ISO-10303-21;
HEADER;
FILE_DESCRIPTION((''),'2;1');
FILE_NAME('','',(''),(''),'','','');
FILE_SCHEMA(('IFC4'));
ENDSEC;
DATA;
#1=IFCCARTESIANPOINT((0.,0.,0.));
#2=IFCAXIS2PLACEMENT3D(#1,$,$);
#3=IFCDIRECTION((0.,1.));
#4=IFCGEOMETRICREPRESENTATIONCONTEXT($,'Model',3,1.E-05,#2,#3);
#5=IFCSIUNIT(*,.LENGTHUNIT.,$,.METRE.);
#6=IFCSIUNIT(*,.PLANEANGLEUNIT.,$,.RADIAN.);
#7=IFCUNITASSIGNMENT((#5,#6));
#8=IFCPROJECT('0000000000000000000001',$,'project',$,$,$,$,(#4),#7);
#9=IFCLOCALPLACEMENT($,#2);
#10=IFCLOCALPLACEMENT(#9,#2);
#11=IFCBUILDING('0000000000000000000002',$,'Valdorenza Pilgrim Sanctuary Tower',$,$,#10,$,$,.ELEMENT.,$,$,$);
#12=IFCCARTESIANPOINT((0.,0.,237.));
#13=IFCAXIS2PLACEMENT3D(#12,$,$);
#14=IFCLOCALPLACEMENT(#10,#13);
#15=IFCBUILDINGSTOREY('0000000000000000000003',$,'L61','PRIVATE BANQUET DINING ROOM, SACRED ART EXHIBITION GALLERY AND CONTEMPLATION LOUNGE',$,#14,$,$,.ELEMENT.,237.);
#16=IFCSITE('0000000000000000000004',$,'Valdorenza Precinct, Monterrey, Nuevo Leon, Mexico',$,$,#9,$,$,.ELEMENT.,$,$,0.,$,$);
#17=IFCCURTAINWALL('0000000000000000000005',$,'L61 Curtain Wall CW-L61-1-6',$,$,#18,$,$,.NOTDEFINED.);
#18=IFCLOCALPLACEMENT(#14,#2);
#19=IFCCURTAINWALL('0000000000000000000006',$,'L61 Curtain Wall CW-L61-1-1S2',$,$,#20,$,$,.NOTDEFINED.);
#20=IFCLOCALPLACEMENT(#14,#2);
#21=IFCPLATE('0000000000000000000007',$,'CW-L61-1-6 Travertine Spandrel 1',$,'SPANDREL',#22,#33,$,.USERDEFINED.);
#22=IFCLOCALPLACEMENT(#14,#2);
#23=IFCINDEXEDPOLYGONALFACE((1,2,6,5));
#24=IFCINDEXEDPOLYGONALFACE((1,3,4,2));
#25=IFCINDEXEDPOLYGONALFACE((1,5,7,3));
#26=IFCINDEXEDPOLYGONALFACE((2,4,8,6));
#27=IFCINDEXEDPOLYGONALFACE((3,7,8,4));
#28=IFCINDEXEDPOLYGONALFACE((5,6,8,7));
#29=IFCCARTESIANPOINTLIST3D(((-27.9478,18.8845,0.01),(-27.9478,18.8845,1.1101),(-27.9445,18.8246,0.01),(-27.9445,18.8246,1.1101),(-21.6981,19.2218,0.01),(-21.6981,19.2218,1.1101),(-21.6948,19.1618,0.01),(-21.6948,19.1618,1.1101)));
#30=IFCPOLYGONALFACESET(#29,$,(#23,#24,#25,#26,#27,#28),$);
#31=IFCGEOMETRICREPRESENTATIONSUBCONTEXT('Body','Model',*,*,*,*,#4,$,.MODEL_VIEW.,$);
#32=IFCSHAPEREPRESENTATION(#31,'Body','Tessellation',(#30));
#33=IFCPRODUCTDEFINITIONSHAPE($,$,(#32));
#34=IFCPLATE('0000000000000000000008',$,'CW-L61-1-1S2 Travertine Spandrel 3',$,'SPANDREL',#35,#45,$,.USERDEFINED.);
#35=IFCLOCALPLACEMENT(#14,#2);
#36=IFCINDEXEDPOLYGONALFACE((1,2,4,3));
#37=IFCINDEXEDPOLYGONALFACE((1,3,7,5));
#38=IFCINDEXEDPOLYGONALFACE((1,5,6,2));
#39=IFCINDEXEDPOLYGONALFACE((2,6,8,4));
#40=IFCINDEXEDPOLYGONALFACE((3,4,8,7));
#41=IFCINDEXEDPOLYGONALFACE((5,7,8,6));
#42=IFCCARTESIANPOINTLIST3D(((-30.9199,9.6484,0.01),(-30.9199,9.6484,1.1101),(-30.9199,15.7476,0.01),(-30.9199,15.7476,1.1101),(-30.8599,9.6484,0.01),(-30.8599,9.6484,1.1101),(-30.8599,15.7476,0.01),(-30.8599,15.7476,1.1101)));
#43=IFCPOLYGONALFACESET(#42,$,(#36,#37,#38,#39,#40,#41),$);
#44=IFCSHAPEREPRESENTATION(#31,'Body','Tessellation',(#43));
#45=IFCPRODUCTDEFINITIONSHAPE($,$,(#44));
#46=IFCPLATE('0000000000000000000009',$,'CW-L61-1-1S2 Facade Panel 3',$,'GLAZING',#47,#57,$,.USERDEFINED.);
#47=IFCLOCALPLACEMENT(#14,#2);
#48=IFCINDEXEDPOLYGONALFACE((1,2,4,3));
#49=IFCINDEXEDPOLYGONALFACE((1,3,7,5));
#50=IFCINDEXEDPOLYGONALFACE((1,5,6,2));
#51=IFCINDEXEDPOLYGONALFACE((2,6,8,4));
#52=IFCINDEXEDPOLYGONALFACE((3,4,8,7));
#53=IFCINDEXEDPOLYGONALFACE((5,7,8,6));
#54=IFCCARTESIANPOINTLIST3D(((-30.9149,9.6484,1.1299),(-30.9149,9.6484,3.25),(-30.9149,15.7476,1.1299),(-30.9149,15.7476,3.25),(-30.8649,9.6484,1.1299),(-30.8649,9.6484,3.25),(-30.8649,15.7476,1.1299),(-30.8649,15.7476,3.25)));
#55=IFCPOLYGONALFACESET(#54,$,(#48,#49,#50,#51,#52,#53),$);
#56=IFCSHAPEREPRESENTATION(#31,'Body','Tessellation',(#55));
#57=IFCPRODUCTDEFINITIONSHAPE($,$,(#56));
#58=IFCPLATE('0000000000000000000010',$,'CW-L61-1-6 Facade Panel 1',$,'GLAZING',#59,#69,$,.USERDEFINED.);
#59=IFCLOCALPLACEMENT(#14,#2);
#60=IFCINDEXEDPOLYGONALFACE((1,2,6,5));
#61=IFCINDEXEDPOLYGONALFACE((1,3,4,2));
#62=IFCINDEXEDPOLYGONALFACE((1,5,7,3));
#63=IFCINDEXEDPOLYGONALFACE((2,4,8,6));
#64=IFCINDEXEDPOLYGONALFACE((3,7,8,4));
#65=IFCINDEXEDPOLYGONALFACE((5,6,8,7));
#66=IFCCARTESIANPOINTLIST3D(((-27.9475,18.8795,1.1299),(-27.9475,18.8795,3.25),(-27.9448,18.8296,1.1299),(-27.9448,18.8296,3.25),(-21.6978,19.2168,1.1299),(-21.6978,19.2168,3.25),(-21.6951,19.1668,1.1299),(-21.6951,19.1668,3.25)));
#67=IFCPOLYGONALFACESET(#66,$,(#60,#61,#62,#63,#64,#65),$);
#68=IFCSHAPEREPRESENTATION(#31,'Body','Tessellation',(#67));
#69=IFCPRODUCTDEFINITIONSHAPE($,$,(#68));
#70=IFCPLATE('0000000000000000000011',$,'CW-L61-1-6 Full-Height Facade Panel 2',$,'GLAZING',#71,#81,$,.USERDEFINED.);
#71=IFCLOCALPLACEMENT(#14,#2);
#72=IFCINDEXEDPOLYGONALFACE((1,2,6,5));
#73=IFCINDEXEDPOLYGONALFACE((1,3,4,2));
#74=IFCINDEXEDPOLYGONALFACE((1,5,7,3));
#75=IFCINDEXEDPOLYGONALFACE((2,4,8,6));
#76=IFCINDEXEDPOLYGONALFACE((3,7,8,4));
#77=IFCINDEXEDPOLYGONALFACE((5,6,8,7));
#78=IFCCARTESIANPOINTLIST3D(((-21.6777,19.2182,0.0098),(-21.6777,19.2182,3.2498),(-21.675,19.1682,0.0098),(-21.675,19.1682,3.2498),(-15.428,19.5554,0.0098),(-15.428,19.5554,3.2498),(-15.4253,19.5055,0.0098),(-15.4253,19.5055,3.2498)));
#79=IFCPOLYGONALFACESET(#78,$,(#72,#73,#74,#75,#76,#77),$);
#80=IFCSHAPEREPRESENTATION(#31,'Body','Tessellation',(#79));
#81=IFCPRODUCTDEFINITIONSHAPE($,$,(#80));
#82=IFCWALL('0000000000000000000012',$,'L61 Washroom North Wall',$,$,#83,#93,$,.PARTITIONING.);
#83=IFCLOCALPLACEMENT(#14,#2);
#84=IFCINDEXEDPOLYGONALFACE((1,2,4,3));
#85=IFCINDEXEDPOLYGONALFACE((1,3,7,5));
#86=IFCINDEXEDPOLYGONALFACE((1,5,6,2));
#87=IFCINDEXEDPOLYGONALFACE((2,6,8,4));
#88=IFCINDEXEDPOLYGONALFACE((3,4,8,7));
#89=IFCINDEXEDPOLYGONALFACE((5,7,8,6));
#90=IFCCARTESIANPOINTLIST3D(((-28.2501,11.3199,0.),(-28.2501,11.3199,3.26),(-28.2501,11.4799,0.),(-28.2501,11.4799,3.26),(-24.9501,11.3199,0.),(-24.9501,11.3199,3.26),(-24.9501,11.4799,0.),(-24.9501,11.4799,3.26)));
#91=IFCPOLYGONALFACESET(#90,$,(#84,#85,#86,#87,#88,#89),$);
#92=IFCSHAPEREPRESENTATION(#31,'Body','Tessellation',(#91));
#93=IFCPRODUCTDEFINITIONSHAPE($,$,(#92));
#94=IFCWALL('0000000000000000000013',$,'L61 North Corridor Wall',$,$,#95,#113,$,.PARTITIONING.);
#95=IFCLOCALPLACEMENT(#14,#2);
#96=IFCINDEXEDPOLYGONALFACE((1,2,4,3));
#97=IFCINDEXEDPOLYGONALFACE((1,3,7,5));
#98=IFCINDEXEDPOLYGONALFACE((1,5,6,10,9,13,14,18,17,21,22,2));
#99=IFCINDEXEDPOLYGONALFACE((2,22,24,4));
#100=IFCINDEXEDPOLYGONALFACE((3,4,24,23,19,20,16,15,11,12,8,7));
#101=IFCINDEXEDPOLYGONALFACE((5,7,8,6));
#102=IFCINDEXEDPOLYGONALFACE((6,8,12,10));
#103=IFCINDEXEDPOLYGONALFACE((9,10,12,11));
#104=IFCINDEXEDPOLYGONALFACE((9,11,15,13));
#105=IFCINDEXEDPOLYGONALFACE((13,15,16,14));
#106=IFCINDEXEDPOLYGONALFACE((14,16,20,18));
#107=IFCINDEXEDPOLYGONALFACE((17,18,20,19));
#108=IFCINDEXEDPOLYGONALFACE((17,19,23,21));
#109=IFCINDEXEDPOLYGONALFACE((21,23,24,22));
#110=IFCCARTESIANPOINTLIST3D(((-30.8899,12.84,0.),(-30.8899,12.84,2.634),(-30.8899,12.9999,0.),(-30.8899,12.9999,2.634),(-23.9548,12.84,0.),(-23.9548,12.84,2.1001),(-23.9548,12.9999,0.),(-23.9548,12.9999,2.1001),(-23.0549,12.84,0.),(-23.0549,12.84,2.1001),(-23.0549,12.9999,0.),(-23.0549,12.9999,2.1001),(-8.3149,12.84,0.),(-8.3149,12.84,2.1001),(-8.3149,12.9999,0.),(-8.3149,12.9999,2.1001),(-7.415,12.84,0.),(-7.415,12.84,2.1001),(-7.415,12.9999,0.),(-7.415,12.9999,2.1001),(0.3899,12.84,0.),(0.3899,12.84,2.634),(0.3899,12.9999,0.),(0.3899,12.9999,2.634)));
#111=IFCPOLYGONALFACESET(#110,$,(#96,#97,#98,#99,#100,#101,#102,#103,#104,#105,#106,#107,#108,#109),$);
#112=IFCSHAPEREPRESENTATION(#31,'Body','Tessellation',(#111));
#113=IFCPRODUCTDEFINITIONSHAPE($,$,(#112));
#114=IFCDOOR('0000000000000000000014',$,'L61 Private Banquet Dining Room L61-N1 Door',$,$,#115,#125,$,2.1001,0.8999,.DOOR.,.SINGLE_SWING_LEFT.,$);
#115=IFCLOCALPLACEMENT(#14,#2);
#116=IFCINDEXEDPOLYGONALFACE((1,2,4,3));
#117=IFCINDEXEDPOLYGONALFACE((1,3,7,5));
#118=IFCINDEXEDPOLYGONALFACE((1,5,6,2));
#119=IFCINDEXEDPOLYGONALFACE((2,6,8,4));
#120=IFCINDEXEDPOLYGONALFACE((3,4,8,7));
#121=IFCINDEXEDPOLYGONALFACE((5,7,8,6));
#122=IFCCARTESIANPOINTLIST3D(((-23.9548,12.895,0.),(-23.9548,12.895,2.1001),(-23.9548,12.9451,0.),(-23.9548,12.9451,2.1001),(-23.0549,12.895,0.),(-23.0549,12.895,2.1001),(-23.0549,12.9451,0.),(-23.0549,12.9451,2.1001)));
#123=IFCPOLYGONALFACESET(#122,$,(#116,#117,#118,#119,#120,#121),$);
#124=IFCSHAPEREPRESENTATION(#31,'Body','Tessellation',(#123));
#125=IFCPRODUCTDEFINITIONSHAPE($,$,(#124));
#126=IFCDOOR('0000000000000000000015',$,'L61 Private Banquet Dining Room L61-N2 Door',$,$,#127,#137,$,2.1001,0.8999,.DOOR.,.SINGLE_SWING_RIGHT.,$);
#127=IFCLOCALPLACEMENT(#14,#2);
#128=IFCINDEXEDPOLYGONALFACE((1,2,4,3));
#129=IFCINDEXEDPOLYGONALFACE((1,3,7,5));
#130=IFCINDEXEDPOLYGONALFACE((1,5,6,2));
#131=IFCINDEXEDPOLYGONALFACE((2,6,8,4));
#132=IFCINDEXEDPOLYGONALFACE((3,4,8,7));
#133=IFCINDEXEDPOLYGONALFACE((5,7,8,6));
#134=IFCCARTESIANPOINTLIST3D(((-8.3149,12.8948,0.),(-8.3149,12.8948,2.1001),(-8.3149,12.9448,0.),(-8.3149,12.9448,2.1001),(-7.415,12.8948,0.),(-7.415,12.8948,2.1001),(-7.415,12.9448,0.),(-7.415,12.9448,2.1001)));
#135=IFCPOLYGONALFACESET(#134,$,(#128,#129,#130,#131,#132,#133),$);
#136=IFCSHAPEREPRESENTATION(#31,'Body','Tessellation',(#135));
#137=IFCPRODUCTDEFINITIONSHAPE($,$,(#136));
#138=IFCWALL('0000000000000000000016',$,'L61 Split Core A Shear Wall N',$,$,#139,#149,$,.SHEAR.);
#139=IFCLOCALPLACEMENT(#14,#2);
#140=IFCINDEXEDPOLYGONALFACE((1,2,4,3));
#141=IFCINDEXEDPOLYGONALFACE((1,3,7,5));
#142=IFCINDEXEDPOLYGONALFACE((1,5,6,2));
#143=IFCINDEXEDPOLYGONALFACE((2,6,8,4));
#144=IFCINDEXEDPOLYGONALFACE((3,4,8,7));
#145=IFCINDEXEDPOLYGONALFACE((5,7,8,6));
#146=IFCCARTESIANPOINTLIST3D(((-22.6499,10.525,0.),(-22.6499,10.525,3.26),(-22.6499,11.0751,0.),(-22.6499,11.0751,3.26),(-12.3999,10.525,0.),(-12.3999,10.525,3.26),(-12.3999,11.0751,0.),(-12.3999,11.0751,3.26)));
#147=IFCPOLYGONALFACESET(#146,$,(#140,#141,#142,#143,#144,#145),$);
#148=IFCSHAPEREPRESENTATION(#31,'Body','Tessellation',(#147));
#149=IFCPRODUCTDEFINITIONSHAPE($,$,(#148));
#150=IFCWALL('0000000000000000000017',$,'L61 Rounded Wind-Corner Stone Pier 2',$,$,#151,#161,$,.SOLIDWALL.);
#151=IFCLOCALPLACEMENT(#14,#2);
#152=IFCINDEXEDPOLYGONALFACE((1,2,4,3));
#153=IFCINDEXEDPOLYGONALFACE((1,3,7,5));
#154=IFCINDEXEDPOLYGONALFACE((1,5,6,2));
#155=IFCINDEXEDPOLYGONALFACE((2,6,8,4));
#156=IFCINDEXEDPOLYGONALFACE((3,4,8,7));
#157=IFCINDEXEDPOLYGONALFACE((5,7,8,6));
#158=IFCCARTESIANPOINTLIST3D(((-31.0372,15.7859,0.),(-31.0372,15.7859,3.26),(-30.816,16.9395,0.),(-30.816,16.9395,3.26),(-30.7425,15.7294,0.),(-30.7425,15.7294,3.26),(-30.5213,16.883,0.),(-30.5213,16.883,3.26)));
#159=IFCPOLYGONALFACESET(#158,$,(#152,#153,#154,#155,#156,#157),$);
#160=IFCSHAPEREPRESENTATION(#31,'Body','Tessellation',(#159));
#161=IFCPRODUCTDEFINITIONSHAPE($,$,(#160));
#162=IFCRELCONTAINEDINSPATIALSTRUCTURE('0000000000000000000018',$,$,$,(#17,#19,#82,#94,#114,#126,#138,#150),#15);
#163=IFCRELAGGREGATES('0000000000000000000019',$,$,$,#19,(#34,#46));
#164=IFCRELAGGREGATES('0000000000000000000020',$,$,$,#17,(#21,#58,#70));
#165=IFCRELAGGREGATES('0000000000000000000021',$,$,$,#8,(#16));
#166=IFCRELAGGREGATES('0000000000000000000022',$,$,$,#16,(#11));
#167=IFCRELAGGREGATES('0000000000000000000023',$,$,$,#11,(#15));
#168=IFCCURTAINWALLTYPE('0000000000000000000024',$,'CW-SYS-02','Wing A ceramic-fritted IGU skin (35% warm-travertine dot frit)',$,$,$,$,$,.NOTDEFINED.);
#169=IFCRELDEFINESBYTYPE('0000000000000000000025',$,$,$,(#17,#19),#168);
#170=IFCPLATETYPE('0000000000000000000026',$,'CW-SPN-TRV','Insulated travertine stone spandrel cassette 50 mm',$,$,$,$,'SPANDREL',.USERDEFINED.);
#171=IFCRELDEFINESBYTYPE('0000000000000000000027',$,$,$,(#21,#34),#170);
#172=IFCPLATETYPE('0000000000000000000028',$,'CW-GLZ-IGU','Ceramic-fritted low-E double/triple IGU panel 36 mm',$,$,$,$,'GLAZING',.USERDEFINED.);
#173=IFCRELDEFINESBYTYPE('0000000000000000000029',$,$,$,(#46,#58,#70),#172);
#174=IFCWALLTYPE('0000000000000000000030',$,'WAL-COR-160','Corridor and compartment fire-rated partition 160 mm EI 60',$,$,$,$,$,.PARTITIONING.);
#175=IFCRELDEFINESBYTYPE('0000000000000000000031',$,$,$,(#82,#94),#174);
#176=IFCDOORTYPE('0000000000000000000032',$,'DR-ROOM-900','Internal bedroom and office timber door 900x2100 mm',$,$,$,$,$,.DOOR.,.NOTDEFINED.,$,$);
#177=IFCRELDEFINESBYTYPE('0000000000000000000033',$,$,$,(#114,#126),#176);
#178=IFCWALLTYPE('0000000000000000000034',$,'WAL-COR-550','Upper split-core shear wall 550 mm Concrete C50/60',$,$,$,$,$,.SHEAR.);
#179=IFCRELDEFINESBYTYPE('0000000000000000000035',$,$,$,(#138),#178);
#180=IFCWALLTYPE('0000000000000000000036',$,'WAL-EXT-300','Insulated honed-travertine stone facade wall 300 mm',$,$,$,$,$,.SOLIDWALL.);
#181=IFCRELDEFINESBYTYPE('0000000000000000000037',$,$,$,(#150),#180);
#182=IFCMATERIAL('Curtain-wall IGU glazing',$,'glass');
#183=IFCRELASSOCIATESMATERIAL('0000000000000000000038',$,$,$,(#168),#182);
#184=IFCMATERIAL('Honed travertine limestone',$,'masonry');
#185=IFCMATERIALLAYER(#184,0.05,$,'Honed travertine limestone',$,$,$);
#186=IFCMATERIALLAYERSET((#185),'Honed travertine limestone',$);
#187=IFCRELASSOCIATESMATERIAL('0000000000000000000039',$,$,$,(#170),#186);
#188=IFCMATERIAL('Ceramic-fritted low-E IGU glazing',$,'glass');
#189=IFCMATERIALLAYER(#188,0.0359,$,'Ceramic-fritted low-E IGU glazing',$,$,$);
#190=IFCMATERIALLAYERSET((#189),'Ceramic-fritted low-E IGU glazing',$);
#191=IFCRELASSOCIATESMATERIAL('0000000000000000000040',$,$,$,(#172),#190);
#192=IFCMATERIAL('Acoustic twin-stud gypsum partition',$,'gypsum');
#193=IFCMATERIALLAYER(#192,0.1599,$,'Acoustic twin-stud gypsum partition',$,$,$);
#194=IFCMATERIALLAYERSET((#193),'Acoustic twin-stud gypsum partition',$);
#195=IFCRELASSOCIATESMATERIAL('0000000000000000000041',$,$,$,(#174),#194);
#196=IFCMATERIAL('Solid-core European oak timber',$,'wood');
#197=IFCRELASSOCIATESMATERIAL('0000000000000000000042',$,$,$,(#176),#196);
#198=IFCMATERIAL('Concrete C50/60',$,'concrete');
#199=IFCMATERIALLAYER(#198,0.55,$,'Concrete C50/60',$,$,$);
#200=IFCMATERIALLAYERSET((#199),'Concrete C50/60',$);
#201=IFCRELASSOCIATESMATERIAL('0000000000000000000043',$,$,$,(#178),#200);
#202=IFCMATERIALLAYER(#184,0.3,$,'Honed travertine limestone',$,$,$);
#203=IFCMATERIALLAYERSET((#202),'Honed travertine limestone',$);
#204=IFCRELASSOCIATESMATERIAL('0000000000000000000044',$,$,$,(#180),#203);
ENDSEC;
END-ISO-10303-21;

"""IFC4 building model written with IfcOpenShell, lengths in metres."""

from ifc_helpers import new_model, si_unit, direction, frame, frame_2d, origin, origin_2d, place, context, subcontext, project, spatial, rectangle, extrude, source, transform, mapped, material, layer, layer_set, type_object, element, fill, aggregate, save


model = new_model("IFC4")

# Units and contexts
model_context = context("Model", 3, precision=1e-05, world=origin(), true_north=direction((0.0, 1.0)))
body_context = subcontext(model_context, "Body", "Model", "MODEL_VIEW")
ifc_project = project(units=[si_unit("LENGTHUNIT", "METRE"), si_unit("PLANEANGLEUNIT", "RADIAN")], contexts=[model_context])

# Site, building, storey
site_placement = place(None, origin())
site = spatial("IfcSite", under=ifc_project, at=site_placement, Name="Valdorenza Precinct, Monterrey, Nuevo Leon, Mexico", CompositionType="ELEMENT", RefElevation=0.0)
building_placement = place(site_placement, origin())
building = spatial("IfcBuilding", under=site, at=building_placement, Name="Valdorenza Pilgrim Sanctuary Tower", CompositionType="ELEMENT")
storey_placement = place(building_placement, frame((0.0, 0.0, 237.0)))
storey = spatial("IfcBuildingStorey", under=building, at=storey_placement, Name="L61", Description="PRIVATE BANQUET DINING ROOM, SACRED ART EXHIBITION GALLERY AND CONTEMPLATION LOUNGE", CompositionType="ELEMENT", Elevation=237.0)

# Shared definitions
ifc_material_1 = material(Name="Concrete C50/60", Category="concrete")

# Curtain wall
ifc_material_2 = material(Name="Curtain-wall IGU glazing", Category="glass")
curtain_wall_type = type_object("IfcCurtainWallType", Name="CW-SYS-02", Description="Wing A ceramic-fritted IGU skin (35% warm-travertine dot frit)", PredefinedType="NOTDEFINED", material=ifc_material_2)
curtain_wall_1_placement = place(storey_placement, origin())
curtain_wall_1 = element("IfcCurtainWall", 1, at=curtain_wall_1_placement, inside=storey, type_object=curtain_wall_type, Name="L61 Curtain Wall CW-L61-1-6", PredefinedType="NOTDEFINED")

# Curtain wall
curtain_wall_2_placement = place(storey_placement, origin())
curtain_wall_2 = element("IfcCurtainWall", 2, at=curtain_wall_2_placement, inside=storey, type_object=curtain_wall_type, Name="L61 Curtain Wall CW-L61-1-1S2", PredefinedType="NOTDEFINED")

# Plates
ifc_material_3 = material(Name="Honed travertine limestone", Category="masonry")
ifc_layer_1 = layer(ifc_material_3, 0.05, Name="Honed travertine limestone")
ifc_layer_set_1 = layer_set([ifc_layer_1], Name="Honed travertine limestone")
plate_type_1 = type_object("IfcPlateType", Name="CW-SPN-TRV", Description="Insulated travertine stone spandrel cassette 50 mm", ElementType="SPANDREL", PredefinedType="USERDEFINED", material=ifc_layer_set_1)
shared_shape_1 = source(origin(), body_context, "Body", "SweptSolid", [
    extrude(rectangle(XDim=6.2588, YDim=0.0601, at=origin_2d()), origin(), (0.0, 0.0, 1.0), 1.1001),
])
plate_1_placement = place(storey_placement, frame((-24.8213, 19.0232, 0.01), z_axis=(0.0, 0.0, 1.0), x_axis=(0.998547, 0.053887, 0.0)))
plate_1 = element("IfcPlate", 3, at=plate_1_placement, type_object=plate_type_1, Name="CW-L61-1-6 Travertine Spandrel 1", ObjectType="SPANDREL", PredefinedType="USERDEFINED", context=body_context, shape_type="MappedRepresentation", body=[
    mapped(shared_shape_1, transform((0.0, 0.0, 0.0), x_axis=(1.0, 0.0, 0.0), y_axis=(0.0, 1.0, 0.0), z_axis=(0.0, 0.0, 1.0), scale=1.0)),
])
shared_shape_2 = source(origin(), body_context, "Body", "SweptSolid", [
    extrude(rectangle(XDim=6.0991, YDim=0.0601, at=origin_2d()), origin(), (0.0, 0.0, 1.0), 1.1001),
])
plate_2_placement = place(storey_placement, frame((-30.8899, 12.698, 0.01), z_axis=(0.0, 0.0, 1.0), x_axis=(0.0, 1.0, 0.0)))
plate_2 = element("IfcPlate", 4, at=plate_2_placement, type_object=plate_type_1, Name="CW-L61-1-1S2 Travertine Spandrel 3", ObjectType="SPANDREL", PredefinedType="USERDEFINED", context=body_context, shape_type="MappedRepresentation", body=[
    mapped(shared_shape_2, transform((0.0, 0.0, 0.0), x_axis=(1.0, 0.0, 0.0), y_axis=(0.0, 1.0, 0.0), z_axis=(0.0, 0.0, 1.0), scale=1.0)),
])
ifc_material_4 = material(Name="Ceramic-fritted low-E IGU glazing", Category="glass")
ifc_layer_2 = layer(ifc_material_4, 0.0359, Name="Ceramic-fritted low-E IGU glazing")
ifc_layer_set_2 = layer_set([ifc_layer_2], Name="Ceramic-fritted low-E IGU glazing")
plate_type_2 = type_object("IfcPlateType", Name="CW-GLZ-IGU", Description="Ceramic-fritted low-E double/triple IGU panel 36 mm", ElementType="GLAZING", PredefinedType="USERDEFINED", material=ifc_layer_set_2)
shared_shape_3 = source(origin(), body_context, "Body", "SweptSolid", [
    extrude(rectangle(XDim=6.0991, YDim=0.05, at=origin_2d()), origin(), (0.0, 0.0, 1.0), 2.1201),
])
plate_3_placement = place(storey_placement, frame((-30.8899, 12.698, 1.1299), z_axis=(0.0, 0.0, 1.0), x_axis=(0.0, 1.0, 0.0)))
plate_3 = element("IfcPlate", 5, at=plate_3_placement, type_object=plate_type_2, Name="CW-L61-1-1S2 Facade Panel 3", ObjectType="GLAZING", PredefinedType="USERDEFINED", context=body_context, shape_type="MappedRepresentation", body=[
    mapped(shared_shape_3, transform((0.0, 0.0, 0.0), x_axis=(1.0, 0.0, 0.0), y_axis=(0.0, 1.0, 0.0), z_axis=(0.0, 0.0, 1.0), scale=1.0)),
])
aggregate(curtain_wall_2, [plate_2, plate_3])
shared_shape_4 = source(origin(), body_context, "Body", "SweptSolid", [
    extrude(rectangle(XDim=6.2588, YDim=0.05, at=origin_2d()), origin(), (0.0, 0.0, 1.0), 2.1201),
])
plate_4_placement = place(storey_placement, frame((-24.8213, 19.0232, 1.1299), z_axis=(0.0, 0.0, 1.0), x_axis=(0.998547, 0.053887, 0.0)))
plate_4 = element("IfcPlate", 6, at=plate_4_placement, type_object=plate_type_2, Name="CW-L61-1-6 Facade Panel 1", ObjectType="GLAZING", PredefinedType="USERDEFINED", context=body_context, shape_type="MappedRepresentation", body=[
    mapped(shared_shape_4, transform((0.0, 0.0, 0.0), x_axis=(1.0, 0.0, 0.0), y_axis=(0.0, 1.0, 0.0), z_axis=(0.0, 0.0, 1.0), scale=1.0)),
])
shared_shape_5 = source(origin(), body_context, "Body", "SweptSolid", [
    extrude(rectangle(XDim=6.2588, YDim=0.05, at=origin_2d()), origin(), (0.0, 0.0, 1.0), 3.24),
])
plate_5_placement = place(storey_placement, frame((-18.5515, 19.3618, 0.0098), z_axis=(0.0, 0.0, 1.0), x_axis=(0.998547, 0.053887, 0.0)))
plate_5 = element("IfcPlate", 7, at=plate_5_placement, type_object=plate_type_2, Name="CW-L61-1-6 Full-Height Facade Panel 2", ObjectType="GLAZING", PredefinedType="USERDEFINED", context=body_context, shape_type="MappedRepresentation", body=[
    mapped(shared_shape_5, transform((0.0, 0.0, 0.0), x_axis=(1.0, 0.0, 0.0), y_axis=(0.0, 1.0, 0.0), z_axis=(0.0, 0.0, 1.0), scale=1.0)),
])
aggregate(curtain_wall_1, [plate_1, plate_4, plate_5])

# Wall
ifc_material_5 = material(Name="Acoustic twin-stud gypsum partition", Category="gypsum")
ifc_layer_3 = layer(ifc_material_5, 0.1599, Name="Acoustic twin-stud gypsum partition")
ifc_layer_set_3 = layer_set([ifc_layer_3], Name="Acoustic twin-stud gypsum partition")
wall_type_1 = type_object("IfcWallType", Name="WAL-COR-160", Description="Corridor and compartment fire-rated partition 160 mm EI 60", PredefinedType="PARTITIONING", material=ifc_layer_set_3)
wall_1_placement = place(storey_placement, frame((-28.25, 11.3999, 0.0), z_axis=(0.0, 0.0, 1.0), x_axis=(1.0, 0.0, 0.0)))
element("IfcWall", 8, at=wall_1_placement, inside=storey, type_object=wall_type_1, Name="L61 Washroom North Wall", PredefinedType="PARTITIONING", context=body_context, shape_type="SweptSolid", body=[
    extrude(rectangle(XDim=3.3, YDim=0.1599, at=frame_2d((1.6499, 0.0))), origin(), (0.0, 0.0, 1.0), 3.26),
])

# Wall, openings, doors
wall_2_placement = place(storey_placement, frame((-30.8899, 12.9199, 0.0), z_axis=(0.0, 0.0, 1.0), x_axis=(1.0, 0.0, 0.0)))
wall_2 = element("IfcWall", 9, at=wall_2_placement, inside=storey, type_object=wall_type_1, Name="L61 North Corridor Wall", PredefinedType="PARTITIONING", context=body_context, shape_type="SweptSolid", body=[
    extrude(rectangle(XDim=31.2798, YDim=0.1599, at=frame_2d((15.6399, 0.0))), origin(), (0.0, 0.0, 1.0), 2.634),
])
opening_1_placement = place(wall_2_placement, frame((6.9351, 0.0, 0.0)))
opening_1 = element("IfcOpeningElement", 10, at=opening_1_placement, cuts=wall_2, PredefinedType="OPENING", context=body_context, shape_type="SweptSolid", body=[
    extrude(rectangle(XDim=0.8999, YDim=2.1001, at=frame_2d((0.45, 1.05))), frame((0.0, 0.0947, 0.0), z_axis=(0.0, -1.0, 0.0), x_axis=(1.0, 0.0, 0.0)), (0.0, 0.0, 1.0), 0.1897),
])
opening_2_placement = place(wall_2_placement, frame((22.575, 0.0, 0.0)))
opening_2 = element("IfcOpeningElement", 11, at=opening_2_placement, cuts=wall_2, PredefinedType="OPENING", context=body_context, shape_type="SweptSolid", body=[
    extrude(rectangle(XDim=0.8999, YDim=2.1001, at=frame_2d((0.45, 1.05))), frame((0.0, 0.0947, 0.0), z_axis=(0.0, -1.0, 0.0), x_axis=(1.0, 0.0, 0.0)), (0.0, 0.0, 1.0), 0.1897),
])
ifc_material_6 = material(Name="Solid-core European oak timber", Category="wood")
door_type = type_object("IfcDoorType", Name="DR-ROOM-900", Description="Internal bedroom and office timber door 900x2100 mm", OperationType="NOTDEFINED", PredefinedType="DOOR", material=ifc_material_6)
door_1_placement = place(opening_1_placement, frame((0.8999, 0.0, 0.0), z_axis=(0.0, 0.0, 1.0), x_axis=(-1.0, 0.0, 0.0)))
door_1 = element("IfcDoor", 12, at=door_1_placement, inside=storey, type_object=door_type, Name="L61 Private Banquet Dining Room L61-N1 Door", OperationType="SINGLE_SWING_LEFT", OverallHeight=2.1001, OverallWidth=0.8999, PredefinedType="DOOR", context=body_context, shape_type="SweptSolid", body=[
    extrude(rectangle(XDim=0.8999, YDim=2.1001, at=frame_2d((0.45, 1.05))), frame((0.0, 0.0249, 0.0), z_axis=(0.0, -1.0, 0.0), x_axis=(1.0, 0.0, 0.0)), (0.0, 0.0, 1.0), 0.05),
])
fill(opening_1, door_1)
door_2_placement = place(opening_2_placement, origin())
door_2 = element("IfcDoor", 13, at=door_2_placement, inside=storey, type_object=door_type, Name="L61 Private Banquet Dining Room L61-N2 Door", OperationType="SINGLE_SWING_RIGHT", OverallHeight=2.1001, OverallWidth=0.8999, PredefinedType="DOOR", context=body_context, shape_type="SweptSolid", body=[
    extrude(rectangle(XDim=0.8999, YDim=2.1001, at=frame_2d((0.45, 1.05))), frame((0.0, 0.0249, 0.0), z_axis=(0.0, -1.0, 0.0), x_axis=(1.0, 0.0, 0.0)), (0.0, 0.0, 1.0), 0.05),
])
fill(opening_2, door_2)

# Walls
ifc_layer_4 = layer(ifc_material_1, 0.55, Name="Concrete C50/60")
ifc_layer_set_4 = layer_set([ifc_layer_4], Name="Concrete C50/60")
wall_type_2 = type_object("IfcWallType", Name="WAL-COR-550", Description="Upper split-core shear wall 550 mm Concrete C50/60", PredefinedType="SHEAR", material=ifc_layer_set_4)
wall_3_placement = place(storey_placement, frame((-22.6499, 10.8, 0.0), z_axis=(0.0, 0.0, 1.0), x_axis=(1.0, 0.0, 0.0)))
element("IfcWall", 14, at=wall_3_placement, inside=storey, type_object=wall_type_2, Name="L61 Split Core A Shear Wall N", PredefinedType="SHEAR", context=body_context, shape_type="SweptSolid", body=[
    extrude(rectangle(XDim=10.25, YDim=0.55, at=frame_2d((5.125, 0.0))), origin(), (0.0, 0.0, 1.0), 3.26),
])
ifc_layer_5 = layer(ifc_material_3, 0.3, Name="Honed travertine limestone")
ifc_layer_set_5 = layer_set([ifc_layer_5], Name="Honed travertine limestone")
wall_type_3 = type_object("IfcWallType", Name="WAL-EXT-300", Description="Insulated honed-travertine stone facade wall 300 mm", PredefinedType="SOLIDWALL", material=ifc_layer_set_5)
wall_4_placement = place(storey_placement, frame((-30.8899, 15.7576, 0.0), z_axis=(0.0, 0.0, 1.0), x_axis=(0.188315, 0.982109, 0.0)))
element("IfcWall", 15, at=wall_4_placement, inside=storey, type_object=wall_type_3, Name="L61 Rounded Wind-Corner Stone Pier 2", PredefinedType="SOLIDWALL", context=body_context, shape_type="SweptSolid", body=[
    extrude(rectangle(XDim=1.1746, YDim=0.3, at=frame_2d((0.5874, 0.0))), origin(), (0.0, 0.0, 1.0), 3.26),
])

save(model, "model.ifc")
